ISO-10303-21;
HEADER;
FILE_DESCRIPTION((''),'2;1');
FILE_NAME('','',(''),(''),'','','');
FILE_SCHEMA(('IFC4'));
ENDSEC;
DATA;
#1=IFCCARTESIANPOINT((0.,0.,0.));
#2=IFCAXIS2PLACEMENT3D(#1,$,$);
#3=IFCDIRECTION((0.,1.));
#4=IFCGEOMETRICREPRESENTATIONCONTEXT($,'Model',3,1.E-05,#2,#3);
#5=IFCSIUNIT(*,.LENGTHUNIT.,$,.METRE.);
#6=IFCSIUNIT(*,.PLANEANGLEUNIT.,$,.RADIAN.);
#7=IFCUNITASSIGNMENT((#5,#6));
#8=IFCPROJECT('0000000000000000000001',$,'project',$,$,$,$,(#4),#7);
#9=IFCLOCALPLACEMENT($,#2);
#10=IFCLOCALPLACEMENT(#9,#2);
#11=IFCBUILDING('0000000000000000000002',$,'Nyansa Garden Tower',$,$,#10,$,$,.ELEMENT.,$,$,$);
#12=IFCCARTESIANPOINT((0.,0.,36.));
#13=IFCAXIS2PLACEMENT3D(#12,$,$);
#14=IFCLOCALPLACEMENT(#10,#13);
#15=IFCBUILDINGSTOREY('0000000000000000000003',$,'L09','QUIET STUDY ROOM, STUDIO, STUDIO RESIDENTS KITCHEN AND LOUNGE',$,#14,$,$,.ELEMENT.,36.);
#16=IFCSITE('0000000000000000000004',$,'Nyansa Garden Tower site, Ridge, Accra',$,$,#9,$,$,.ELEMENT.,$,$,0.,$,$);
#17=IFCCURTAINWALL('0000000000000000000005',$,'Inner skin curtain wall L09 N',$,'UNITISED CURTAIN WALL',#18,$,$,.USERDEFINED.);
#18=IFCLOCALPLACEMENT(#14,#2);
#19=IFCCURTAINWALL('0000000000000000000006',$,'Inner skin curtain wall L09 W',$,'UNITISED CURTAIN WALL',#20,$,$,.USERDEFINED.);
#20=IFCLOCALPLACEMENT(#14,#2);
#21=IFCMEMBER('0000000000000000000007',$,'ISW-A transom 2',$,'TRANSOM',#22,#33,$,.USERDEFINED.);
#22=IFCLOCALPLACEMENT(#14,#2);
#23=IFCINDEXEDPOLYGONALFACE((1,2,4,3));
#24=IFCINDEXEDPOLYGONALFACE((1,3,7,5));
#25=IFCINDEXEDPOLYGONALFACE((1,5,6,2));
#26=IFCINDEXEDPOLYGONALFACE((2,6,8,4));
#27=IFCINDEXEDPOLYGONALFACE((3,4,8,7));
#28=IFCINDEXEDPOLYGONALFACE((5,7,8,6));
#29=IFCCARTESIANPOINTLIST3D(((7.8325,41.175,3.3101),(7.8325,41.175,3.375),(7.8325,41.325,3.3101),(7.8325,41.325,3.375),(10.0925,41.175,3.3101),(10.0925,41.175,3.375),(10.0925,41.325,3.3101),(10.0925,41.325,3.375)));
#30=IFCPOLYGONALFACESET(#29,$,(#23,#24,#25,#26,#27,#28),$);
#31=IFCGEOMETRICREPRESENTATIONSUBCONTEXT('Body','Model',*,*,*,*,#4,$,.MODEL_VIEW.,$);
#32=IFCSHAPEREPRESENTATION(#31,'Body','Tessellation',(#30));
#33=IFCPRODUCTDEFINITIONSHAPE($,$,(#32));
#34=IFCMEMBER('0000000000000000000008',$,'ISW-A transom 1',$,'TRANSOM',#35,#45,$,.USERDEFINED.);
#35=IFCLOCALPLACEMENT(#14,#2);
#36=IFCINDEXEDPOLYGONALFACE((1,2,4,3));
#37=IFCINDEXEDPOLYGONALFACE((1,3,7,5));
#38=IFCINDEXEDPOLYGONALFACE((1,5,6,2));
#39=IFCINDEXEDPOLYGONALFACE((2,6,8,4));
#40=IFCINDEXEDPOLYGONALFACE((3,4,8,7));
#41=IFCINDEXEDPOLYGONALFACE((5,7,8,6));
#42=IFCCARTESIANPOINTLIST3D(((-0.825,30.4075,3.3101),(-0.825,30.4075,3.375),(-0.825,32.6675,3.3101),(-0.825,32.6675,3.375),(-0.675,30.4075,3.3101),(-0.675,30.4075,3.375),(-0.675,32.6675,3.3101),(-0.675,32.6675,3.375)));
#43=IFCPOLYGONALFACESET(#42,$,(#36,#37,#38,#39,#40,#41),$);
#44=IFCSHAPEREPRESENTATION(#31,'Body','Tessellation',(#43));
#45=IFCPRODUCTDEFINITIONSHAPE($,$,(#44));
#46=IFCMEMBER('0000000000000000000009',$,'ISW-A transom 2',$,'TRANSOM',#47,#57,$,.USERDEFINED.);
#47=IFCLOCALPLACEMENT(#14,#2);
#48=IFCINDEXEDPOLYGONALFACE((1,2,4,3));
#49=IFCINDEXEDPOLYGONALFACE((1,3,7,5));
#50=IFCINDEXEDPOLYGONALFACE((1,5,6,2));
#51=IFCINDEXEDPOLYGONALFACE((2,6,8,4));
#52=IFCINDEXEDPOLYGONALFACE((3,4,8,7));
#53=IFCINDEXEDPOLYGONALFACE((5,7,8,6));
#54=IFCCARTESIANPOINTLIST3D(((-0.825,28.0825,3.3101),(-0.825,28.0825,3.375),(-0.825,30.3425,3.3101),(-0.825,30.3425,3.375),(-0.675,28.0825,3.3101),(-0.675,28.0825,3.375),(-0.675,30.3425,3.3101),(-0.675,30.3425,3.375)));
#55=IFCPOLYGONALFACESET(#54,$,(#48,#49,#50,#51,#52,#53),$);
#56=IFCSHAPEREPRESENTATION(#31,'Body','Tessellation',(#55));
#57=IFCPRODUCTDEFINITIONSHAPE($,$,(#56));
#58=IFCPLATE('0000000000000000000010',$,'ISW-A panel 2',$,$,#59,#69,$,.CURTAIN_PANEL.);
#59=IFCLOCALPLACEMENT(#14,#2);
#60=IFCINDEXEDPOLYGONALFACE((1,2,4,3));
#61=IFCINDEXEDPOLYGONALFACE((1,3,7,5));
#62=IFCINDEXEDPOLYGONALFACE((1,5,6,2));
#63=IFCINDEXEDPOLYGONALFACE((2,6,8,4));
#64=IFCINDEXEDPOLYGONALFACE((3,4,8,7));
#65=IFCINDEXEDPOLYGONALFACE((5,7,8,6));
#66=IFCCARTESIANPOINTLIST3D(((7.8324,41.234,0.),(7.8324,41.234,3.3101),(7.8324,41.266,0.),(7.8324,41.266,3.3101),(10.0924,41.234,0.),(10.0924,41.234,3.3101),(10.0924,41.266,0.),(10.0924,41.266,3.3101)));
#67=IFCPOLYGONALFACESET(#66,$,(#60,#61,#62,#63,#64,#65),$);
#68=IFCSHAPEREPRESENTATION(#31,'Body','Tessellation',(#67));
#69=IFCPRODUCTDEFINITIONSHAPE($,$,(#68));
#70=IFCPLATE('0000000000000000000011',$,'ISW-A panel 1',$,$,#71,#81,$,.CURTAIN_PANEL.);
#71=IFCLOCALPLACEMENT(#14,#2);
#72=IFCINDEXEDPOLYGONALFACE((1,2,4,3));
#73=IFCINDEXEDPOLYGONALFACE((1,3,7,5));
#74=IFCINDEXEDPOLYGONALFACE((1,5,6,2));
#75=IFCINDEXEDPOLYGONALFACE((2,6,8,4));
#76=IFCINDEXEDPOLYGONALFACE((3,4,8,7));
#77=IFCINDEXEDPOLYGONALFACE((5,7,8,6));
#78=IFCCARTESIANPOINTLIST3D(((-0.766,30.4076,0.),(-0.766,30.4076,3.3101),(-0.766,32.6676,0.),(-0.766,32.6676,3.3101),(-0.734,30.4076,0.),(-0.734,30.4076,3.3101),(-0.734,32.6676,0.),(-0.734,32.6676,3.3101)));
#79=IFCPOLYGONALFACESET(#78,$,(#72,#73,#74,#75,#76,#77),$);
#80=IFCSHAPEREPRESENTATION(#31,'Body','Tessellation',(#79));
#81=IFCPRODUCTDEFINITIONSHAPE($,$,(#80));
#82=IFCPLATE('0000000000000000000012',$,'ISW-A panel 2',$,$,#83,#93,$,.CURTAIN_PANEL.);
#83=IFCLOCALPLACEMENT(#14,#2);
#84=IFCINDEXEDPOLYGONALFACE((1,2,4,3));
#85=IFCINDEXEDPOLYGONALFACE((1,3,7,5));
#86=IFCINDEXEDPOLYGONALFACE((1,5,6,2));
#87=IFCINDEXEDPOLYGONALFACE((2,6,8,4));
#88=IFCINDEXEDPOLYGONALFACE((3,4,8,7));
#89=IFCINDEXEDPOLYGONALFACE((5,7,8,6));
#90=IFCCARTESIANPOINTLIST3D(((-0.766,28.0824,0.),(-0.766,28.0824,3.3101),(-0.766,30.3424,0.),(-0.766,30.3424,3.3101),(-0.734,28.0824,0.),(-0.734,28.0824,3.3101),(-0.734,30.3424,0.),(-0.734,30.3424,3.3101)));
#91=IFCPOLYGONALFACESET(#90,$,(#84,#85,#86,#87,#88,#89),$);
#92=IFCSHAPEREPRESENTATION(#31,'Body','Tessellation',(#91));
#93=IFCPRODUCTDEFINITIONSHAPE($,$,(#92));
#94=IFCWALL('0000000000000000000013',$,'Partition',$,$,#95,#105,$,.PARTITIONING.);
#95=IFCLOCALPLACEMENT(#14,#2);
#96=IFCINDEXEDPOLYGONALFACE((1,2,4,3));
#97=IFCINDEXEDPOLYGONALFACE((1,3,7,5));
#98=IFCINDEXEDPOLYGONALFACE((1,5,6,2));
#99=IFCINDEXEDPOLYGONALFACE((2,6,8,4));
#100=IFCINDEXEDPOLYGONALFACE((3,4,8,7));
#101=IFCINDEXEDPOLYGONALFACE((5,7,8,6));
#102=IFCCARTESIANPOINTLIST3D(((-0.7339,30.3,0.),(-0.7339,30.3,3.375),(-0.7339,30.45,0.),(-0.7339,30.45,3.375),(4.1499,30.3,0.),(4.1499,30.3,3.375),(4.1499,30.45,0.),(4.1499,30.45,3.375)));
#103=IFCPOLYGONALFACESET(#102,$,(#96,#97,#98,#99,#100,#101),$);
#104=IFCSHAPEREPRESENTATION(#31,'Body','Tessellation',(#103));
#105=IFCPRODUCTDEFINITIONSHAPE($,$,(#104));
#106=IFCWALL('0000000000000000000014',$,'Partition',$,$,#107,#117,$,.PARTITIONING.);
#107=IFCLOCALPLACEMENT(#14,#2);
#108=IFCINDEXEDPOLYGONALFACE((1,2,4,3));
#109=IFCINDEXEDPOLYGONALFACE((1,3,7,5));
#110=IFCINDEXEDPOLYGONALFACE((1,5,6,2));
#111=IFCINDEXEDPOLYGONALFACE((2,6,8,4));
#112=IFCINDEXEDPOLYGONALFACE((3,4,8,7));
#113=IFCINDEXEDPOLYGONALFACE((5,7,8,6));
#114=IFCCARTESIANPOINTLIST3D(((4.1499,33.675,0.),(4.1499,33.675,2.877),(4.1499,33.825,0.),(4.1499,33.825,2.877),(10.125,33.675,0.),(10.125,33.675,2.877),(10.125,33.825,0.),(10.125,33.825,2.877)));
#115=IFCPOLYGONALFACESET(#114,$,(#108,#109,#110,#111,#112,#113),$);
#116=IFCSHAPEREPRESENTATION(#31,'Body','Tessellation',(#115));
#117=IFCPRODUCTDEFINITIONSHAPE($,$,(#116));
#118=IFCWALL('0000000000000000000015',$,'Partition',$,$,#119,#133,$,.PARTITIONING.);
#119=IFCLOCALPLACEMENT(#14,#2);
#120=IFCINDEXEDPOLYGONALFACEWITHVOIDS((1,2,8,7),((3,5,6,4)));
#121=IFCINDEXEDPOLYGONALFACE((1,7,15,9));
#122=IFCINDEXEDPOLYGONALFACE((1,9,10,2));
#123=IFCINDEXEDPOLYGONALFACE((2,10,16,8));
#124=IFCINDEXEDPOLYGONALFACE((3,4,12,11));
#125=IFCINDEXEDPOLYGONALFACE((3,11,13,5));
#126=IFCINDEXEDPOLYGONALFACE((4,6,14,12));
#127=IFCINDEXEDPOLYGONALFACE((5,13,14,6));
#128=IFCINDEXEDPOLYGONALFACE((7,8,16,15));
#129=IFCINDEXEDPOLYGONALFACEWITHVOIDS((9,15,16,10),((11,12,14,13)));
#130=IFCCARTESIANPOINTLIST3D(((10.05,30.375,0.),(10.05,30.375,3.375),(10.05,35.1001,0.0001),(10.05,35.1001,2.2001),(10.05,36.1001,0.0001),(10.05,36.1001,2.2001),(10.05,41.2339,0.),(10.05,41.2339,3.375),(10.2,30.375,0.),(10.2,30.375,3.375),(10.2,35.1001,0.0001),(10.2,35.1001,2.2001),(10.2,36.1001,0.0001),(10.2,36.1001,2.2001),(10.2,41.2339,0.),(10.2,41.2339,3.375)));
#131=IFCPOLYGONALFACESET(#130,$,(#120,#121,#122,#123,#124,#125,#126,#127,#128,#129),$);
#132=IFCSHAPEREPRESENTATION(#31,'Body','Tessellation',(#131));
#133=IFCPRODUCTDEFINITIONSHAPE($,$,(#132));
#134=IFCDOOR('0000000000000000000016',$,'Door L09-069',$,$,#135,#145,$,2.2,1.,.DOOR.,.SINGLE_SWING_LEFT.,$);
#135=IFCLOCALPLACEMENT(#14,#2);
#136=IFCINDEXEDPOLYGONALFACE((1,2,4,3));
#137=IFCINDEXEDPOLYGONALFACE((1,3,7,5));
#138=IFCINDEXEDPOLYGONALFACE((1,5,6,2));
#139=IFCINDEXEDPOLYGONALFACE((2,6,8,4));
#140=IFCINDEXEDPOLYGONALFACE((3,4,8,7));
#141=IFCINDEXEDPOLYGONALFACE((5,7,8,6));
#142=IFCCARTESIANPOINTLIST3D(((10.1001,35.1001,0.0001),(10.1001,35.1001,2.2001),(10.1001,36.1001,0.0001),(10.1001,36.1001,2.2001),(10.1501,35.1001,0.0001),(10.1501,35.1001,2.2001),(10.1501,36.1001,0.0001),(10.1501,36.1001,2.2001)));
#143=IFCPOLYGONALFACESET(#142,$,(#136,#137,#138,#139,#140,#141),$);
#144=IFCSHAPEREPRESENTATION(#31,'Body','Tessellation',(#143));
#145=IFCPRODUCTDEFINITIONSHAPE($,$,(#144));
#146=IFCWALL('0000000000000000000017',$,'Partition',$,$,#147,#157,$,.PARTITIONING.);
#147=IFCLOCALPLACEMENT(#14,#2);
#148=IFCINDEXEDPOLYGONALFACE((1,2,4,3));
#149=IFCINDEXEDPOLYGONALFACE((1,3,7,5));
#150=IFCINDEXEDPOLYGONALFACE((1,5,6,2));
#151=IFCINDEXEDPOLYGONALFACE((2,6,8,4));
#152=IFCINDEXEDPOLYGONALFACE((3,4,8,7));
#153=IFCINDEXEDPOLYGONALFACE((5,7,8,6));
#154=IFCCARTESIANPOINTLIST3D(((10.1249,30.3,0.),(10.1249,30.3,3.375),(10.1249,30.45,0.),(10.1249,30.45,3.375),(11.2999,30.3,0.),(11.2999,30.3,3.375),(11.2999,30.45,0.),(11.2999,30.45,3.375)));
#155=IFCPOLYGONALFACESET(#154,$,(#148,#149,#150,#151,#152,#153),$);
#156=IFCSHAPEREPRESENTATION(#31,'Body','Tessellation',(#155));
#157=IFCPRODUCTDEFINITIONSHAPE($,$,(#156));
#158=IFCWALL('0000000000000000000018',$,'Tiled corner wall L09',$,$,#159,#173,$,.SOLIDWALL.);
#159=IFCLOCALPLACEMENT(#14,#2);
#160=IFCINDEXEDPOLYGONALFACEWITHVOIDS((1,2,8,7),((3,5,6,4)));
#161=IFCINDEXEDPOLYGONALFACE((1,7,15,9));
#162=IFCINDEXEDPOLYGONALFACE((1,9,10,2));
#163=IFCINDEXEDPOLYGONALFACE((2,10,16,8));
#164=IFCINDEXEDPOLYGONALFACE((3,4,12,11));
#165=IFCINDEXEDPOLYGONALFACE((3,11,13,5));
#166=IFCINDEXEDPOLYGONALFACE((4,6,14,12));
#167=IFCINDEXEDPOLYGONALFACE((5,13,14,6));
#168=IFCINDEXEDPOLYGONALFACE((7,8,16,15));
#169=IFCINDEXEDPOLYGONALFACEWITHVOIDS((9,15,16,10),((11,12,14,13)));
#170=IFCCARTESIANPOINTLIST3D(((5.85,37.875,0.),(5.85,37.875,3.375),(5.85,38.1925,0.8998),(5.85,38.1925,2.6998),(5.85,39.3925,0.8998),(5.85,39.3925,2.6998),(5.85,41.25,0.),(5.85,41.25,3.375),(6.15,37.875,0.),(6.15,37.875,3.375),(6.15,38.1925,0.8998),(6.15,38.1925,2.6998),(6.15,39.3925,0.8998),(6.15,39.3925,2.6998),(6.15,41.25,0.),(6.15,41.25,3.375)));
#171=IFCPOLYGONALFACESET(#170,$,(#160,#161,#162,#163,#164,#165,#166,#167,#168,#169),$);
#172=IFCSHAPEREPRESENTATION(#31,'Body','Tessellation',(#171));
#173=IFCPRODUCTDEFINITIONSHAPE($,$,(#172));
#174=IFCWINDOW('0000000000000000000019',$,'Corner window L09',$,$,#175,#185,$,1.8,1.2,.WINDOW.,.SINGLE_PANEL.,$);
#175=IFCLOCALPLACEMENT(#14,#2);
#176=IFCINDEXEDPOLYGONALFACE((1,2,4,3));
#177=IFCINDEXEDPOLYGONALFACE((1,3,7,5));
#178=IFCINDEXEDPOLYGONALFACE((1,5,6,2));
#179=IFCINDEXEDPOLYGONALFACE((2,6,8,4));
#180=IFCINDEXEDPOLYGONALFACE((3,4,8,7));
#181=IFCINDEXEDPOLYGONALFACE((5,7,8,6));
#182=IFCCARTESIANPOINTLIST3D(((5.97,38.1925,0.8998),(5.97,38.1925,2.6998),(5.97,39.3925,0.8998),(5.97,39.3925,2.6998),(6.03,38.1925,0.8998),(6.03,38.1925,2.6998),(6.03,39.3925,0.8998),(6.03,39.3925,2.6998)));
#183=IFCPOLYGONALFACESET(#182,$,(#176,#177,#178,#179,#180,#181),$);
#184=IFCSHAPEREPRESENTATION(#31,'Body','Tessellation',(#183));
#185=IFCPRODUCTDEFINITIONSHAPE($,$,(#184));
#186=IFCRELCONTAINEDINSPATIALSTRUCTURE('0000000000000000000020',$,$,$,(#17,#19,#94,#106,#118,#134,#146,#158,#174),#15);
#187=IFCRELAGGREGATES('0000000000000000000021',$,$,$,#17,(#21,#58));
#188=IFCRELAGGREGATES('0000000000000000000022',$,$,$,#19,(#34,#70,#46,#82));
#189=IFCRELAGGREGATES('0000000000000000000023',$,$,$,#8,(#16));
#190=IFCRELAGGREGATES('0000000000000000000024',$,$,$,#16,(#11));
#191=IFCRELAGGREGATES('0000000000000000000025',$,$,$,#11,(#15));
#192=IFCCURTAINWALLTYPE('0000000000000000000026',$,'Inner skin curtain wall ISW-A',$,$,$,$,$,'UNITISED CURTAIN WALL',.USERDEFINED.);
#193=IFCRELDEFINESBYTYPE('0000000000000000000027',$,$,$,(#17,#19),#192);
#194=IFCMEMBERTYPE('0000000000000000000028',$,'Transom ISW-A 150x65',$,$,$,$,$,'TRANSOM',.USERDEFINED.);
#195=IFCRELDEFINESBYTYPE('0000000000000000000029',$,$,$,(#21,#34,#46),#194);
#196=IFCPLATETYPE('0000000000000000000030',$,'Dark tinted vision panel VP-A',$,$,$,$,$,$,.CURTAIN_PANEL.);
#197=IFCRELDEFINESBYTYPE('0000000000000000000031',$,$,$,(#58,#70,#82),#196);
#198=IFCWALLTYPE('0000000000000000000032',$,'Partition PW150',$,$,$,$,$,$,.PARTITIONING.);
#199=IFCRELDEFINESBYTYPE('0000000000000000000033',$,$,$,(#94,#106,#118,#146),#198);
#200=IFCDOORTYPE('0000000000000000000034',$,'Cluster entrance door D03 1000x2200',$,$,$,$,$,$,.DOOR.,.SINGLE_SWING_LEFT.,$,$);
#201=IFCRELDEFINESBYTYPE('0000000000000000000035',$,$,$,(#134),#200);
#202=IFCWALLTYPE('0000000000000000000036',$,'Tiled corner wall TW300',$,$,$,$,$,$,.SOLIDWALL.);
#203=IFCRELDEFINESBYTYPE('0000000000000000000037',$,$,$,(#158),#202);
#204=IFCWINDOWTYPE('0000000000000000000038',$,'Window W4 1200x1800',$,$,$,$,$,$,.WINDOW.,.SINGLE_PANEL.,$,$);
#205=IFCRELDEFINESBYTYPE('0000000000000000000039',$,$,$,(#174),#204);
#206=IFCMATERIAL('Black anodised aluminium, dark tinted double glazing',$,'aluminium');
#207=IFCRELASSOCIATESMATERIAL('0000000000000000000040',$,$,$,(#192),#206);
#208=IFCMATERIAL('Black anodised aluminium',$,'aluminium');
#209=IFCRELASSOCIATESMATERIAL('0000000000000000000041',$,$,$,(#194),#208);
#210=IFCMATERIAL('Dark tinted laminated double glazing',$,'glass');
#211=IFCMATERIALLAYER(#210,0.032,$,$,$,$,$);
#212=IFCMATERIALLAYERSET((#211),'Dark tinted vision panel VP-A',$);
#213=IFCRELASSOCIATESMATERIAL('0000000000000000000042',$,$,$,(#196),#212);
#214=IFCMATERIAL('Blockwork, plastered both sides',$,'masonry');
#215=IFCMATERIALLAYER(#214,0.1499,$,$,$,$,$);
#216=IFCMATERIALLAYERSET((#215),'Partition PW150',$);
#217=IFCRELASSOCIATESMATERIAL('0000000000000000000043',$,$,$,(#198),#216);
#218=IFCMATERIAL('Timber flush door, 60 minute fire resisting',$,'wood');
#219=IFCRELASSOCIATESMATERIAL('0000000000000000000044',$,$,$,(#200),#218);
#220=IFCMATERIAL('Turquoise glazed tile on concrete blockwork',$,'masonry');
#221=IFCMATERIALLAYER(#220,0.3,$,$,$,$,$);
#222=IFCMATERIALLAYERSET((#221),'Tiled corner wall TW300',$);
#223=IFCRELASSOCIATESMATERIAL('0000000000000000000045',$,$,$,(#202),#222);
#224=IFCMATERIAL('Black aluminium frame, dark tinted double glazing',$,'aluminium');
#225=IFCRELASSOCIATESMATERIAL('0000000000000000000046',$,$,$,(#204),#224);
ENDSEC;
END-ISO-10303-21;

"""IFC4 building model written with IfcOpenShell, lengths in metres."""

from ifc_helpers import new_model, si_unit, direction, frame, frame_2d, origin, origin_2d, place, context, subcontext, project, spatial, rectangle, extrude, material, layer, layer_set, material_profile, profile_set, type_object, element, fill, aggregate, save


model = new_model("IFC4")

# Units and contexts
model_context = context("Model", 3, precision=1e-05, world=origin(), true_north=direction((0.0, 1.0)))
body_context = subcontext(model_context, "Body", "Model", "MODEL_VIEW")
ifc_project = project(units=[si_unit("LENGTHUNIT", "METRE"), si_unit("PLANEANGLEUNIT", "RADIAN")], contexts=[model_context])

# Site, building, storey
site_placement = place(None, origin())
site = spatial("IfcSite", under=ifc_project, at=site_placement, Name="Nyansa Garden Tower site, Ridge, Accra", CompositionType="ELEMENT", RefElevation=0.0)
building_placement = place(site_placement, origin())
building = spatial("IfcBuilding", under=site, at=building_placement, Name="Nyansa Garden Tower", CompositionType="ELEMENT")
storey_placement = place(building_placement, frame((0.0, 0.0, 36.0)))
storey = spatial("IfcBuildingStorey", under=building, at=storey_placement, Name="L09", Description="QUIET STUDY ROOM, STUDIO, STUDIO RESIDENTS KITCHEN AND LOUNGE", CompositionType="ELEMENT", Elevation=36.0)

# Curtain wall
ifc_material_1 = material(Name="Black anodised aluminium, dark tinted double glazing", Category="aluminium")
curtain_wall_type = type_object("IfcCurtainWallType", Name="Inner skin curtain wall ISW-A", ElementType="UNITISED CURTAIN WALL", PredefinedType="USERDEFINED", material=ifc_material_1)
curtain_wall_1_placement = place(storey_placement, origin())
curtain_wall_1 = element("IfcCurtainWall", 1, at=curtain_wall_1_placement, inside=storey, type_object=curtain_wall_type, Name="Inner skin curtain wall L09 N", ObjectType="UNITISED CURTAIN WALL", PredefinedType="USERDEFINED")

# Curtain wall
curtain_wall_2_placement = place(storey_placement, origin())
curtain_wall_2 = element("IfcCurtainWall", 2, at=curtain_wall_2_placement, inside=storey, type_object=curtain_wall_type, Name="Inner skin curtain wall L09 W", ObjectType="UNITISED CURTAIN WALL", PredefinedType="USERDEFINED")

# Members
ifc_material_2 = material(Name="Black anodised aluminium", Category="aluminium")
ifc_material_profile_1 = material_profile(ifc_material_2, rectangle(XDim=0.1499, YDim=0.0649, at=origin_2d()), Name="Transom 150x65")
ifc_profile_set_1 = profile_set([ifc_material_profile_1], Name="Black anodised aluminium")
member_type_1 = type_object("IfcMemberType", Name="Transom ISW-A 150x65", ElementType="TRANSOM", PredefinedType="USERDEFINED", material=ifc_profile_set_1)
member_1_placement = place(storey_placement, frame((10.0925, 41.25, 3.3425), z_axis=(-1.0, 0.0, 0.0), x_axis=(0.0, -1.0, 0.0)))
member_1 = element("IfcMember", 3, at=member_1_placement, type_object=member_type_1, Name="ISW-A transom 2", ObjectType="TRANSOM", PredefinedType="USERDEFINED", context=body_context, shape_type="SweptSolid", body=[
    extrude(rectangle(XDim=0.1499, YDim=0.0649, at=origin_2d()), origin(), (0.0, 0.0, 1.0), 2.26),
])
member_2_placement = place(storey_placement, frame((-0.75, 32.6675, 3.3425), z_axis=(0.0, -1.0, 0.0), x_axis=(1.0, 0.0, 0.0)))
member_2 = element("IfcMember", 4, at=member_2_placement, type_object=member_type_1, Name="ISW-A transom 1", ObjectType="TRANSOM", PredefinedType="USERDEFINED", context=body_context, shape_type="SweptSolid", body=[
    extrude(rectangle(XDim=0.1499, YDim=0.0649, at=origin_2d()), origin(), (0.0, 0.0, 1.0), 2.26),
])
member_3_placement = place(storey_placement, frame((-0.75, 30.3425, 3.3425), z_axis=(0.0, -1.0, 0.0), x_axis=(1.0, 0.0, 0.0)))
member_3 = element("IfcMember", 5, at=member_3_placement, type_object=member_type_1, Name="ISW-A transom 2", ObjectType="TRANSOM", PredefinedType="USERDEFINED", context=body_context, shape_type="SweptSolid", body=[
    extrude(rectangle(XDim=0.1499, YDim=0.0649, at=origin_2d()), origin(), (0.0, 0.0, 1.0), 2.26),
])

# Plates
ifc_material_3 = material(Name="Dark tinted laminated double glazing", Category="glass")
ifc_layer_1 = layer(ifc_material_3, 0.032)
ifc_layer_set_1 = layer_set([ifc_layer_1], Name="Dark tinted vision panel VP-A")
plate_type = type_object("IfcPlateType", Name="Dark tinted vision panel VP-A", PredefinedType="CURTAIN_PANEL", material=ifc_layer_set_1)
plate_1_placement = place(storey_placement, frame((8.9624, 41.25, 0.0), z_axis=(0.0, 0.0, 1.0), x_axis=(-1.0, 0.0, 0.0)))
plate_1 = element("IfcPlate", 6, at=plate_1_placement, type_object=plate_type, Name="ISW-A panel 2", PredefinedType="CURTAIN_PANEL", context=body_context, shape_type="SweptSolid", body=[
    extrude(rectangle(XDim=2.26, YDim=0.032, at=origin_2d()), origin(), (0.0, 0.0, 1.0), 3.3101),
])
aggregate(curtain_wall_1, [member_1, plate_1])
plate_2_placement = place(storey_placement, frame((-0.75, 31.5376, 0.0), z_axis=(0.0, 0.0, 1.0), x_axis=(0.0, -1.0, 0.0)))
plate_2 = element("IfcPlate", 7, at=plate_2_placement, type_object=plate_type, Name="ISW-A panel 1", PredefinedType="CURTAIN_PANEL", context=body_context, shape_type="SweptSolid", body=[
    extrude(rectangle(XDim=2.26, YDim=0.032, at=origin_2d()), origin(), (0.0, 0.0, 1.0), 3.3101),
])
plate_3_placement = place(storey_placement, frame((-0.75, 29.2124, 0.0), z_axis=(0.0, 0.0, 1.0), x_axis=(0.0, -1.0, 0.0)))
plate_3 = element("IfcPlate", 8, at=plate_3_placement, type_object=plate_type, Name="ISW-A panel 2", PredefinedType="CURTAIN_PANEL", context=body_context, shape_type="SweptSolid", body=[
    extrude(rectangle(XDim=2.26, YDim=0.032, at=origin_2d()), origin(), (0.0, 0.0, 1.0), 3.3101),
])
aggregate(curtain_wall_2, [member_2, plate_2, member_3, plate_3])

# Walls
ifc_material_4 = material(Name="Blockwork, plastered both sides", Category="masonry")
ifc_layer_2 = layer(ifc_material_4, 0.1499)
ifc_layer_set_2 = layer_set([ifc_layer_2], Name="Partition PW150")
wall_type_1 = type_object("IfcWallType", Name="Partition PW150", PredefinedType="PARTITIONING", material=ifc_layer_set_2)
wall_1_placement = place(storey_placement, frame((-0.7339, 30.375, 0.0), z_axis=(0.0, 0.0, 1.0), x_axis=(1.0, 0.0, 0.0)))
element("IfcWall", 9, at=wall_1_placement, inside=storey, type_object=wall_type_1, Name="Partition", PredefinedType="PARTITIONING", context=body_context, shape_type="SweptSolid", body=[
    extrude(rectangle(XDim=4.8838, YDim=0.1499, at=frame_2d((2.4419, 0.0))), origin(), (0.0, 0.0, 1.0), 3.375),
])
wall_2_placement = place(storey_placement, frame((4.1499, 33.75, 0.0), z_axis=(0.0, 0.0, 1.0), x_axis=(1.0, 0.0, 0.0)))
element("IfcWall", 10, at=wall_2_placement, inside=storey, type_object=wall_type_1, Name="Partition", PredefinedType="PARTITIONING", context=body_context, shape_type="SweptSolid", body=[
    extrude(rectangle(XDim=5.9751, YDim=0.1499, at=frame_2d((2.9875, 0.0))), origin(), (0.0, 0.0, 1.0), 2.877),
])

# Wall, opening, door
wall_3_placement = place(storey_placement, frame((10.125, 30.375, 0.0), z_axis=(0.0, 0.0, 1.0), x_axis=(0.0, 1.0, 0.0)))
wall_3 = element("IfcWall", 11, at=wall_3_placement, inside=storey, type_object=wall_type_1, Name="Partition", PredefinedType="PARTITIONING", context=body_context, shape_type="SweptSolid", body=[
    extrude(rectangle(XDim=10.8589, YDim=0.1499, at=frame_2d((5.4294, 0.0))), origin(), (0.0, 0.0, 1.0), 3.375),
])
opening_1_placement = place(wall_3_placement, frame((4.7251, 0.0, 0.0)))
opening_1 = element("IfcOpeningElement", 12, at=opening_1_placement, cuts=wall_3, PredefinedType="OPENING", context=body_context, shape_type="SweptSolid", body=[
    extrude(rectangle(XDim=1.0, YDim=2.2, at=frame_2d((0.5, 1.1001))), frame((0.0, 0.085, 0.0), z_axis=(0.0, -1.0, 0.0), x_axis=(1.0, 0.0, 0.0)), (0.0, 0.0, 1.0), 0.1699),
])
ifc_material_5 = material(Name="Timber flush door, 60 minute fire resisting", Category="wood")
door_type = type_object("IfcDoorType", Name="Cluster entrance door D03 1000x2200", OperationType="SINGLE_SWING_LEFT", PredefinedType="DOOR", material=ifc_material_5)
door_placement = place(opening_1_placement, origin())
door = element("IfcDoor", 13, at=door_placement, inside=storey, type_object=door_type, Name="Door L09-069", OperationType="SINGLE_SWING_LEFT", OverallHeight=2.2, OverallWidth=1.0, PredefinedType="DOOR", context=body_context, shape_type="SweptSolid", body=[
    extrude(rectangle(XDim=1.0, YDim=2.2, at=frame_2d((0.5, 1.1001))), frame((0.0, 0.0249, 0.0), z_axis=(0.0, -1.0, 0.0), x_axis=(1.0, 0.0, 0.0)), (0.0, 0.0, 1.0), 0.05),
])
fill(opening_1, door)

# Wall
wall_4_placement = place(storey_placement, frame((10.125, 30.375, 0.0), z_axis=(0.0, 0.0, 1.0), x_axis=(1.0, 0.0, 0.0)))
element("IfcWall", 14, at=wall_4_placement, inside=storey, type_object=wall_type_1, Name="Partition", PredefinedType="PARTITIONING", context=body_context, shape_type="SweptSolid", body=[
    extrude(rectangle(XDim=1.175, YDim=0.1499, at=frame_2d((0.5874, 0.0))), origin(), (0.0, 0.0, 1.0), 3.375),
])

# Wall, opening, window
ifc_material_6 = material(Name="Turquoise glazed tile on concrete blockwork", Category="masonry")
ifc_layer_3 = layer(ifc_material_6, 0.3)
ifc_layer_set_3 = layer_set([ifc_layer_3], Name="Tiled corner wall TW300")
wall_type_2 = type_object("IfcWallType", Name="Tiled corner wall TW300", PredefinedType="SOLIDWALL", material=ifc_layer_set_3)
wall_5_placement = place(storey_placement, frame((6.0, 41.25, 0.0), z_axis=(0.0, 0.0, 1.0), x_axis=(0.0, -1.0, 0.0)))
wall_5 = element("IfcWall", 15, at=wall_5_placement, inside=storey, type_object=wall_type_2, Name="Tiled corner wall L09", PredefinedType="SOLIDWALL", context=body_context, shape_type="SweptSolid", body=[
    extrude(rectangle(XDim=3.375, YDim=0.3, at=frame_2d((1.6875, 0.0))), origin(), (0.0, 0.0, 1.0), 3.375),
])
opening_2_placement = place(wall_5_placement, frame((1.8574, 0.0, 0.8999)))
opening_2 = element("IfcOpeningElement", 16, at=opening_2_placement, cuts=wall_5, PredefinedType="OPENING", context=body_context, shape_type="SweptSolid", body=[
    extrude(rectangle(XDim=1.2, YDim=1.8, at=frame_2d((0.6001, 0.8999))), frame((0.0, 0.1599, 0.0), z_axis=(0.0, -1.0, 0.0), x_axis=(1.0, 0.0, 0.0)), (0.0, 0.0, 1.0), 0.3201),
])
ifc_material_7 = material(Name="Black aluminium frame, dark tinted double glazing", Category="aluminium")
window_type_1 = type_object("IfcWindowType", Name="Window W4 1200x1800", PartitioningType="SINGLE_PANEL", PredefinedType="WINDOW", material=ifc_material_7)
window_1_placement = place(opening_2_placement, origin())
window_1 = element("IfcWindow", 17, at=window_1_placement, inside=storey, type_object=window_type_1, Name="Corner window L09", OverallHeight=1.8, OverallWidth=1.2, PartitioningType="SINGLE_PANEL", PredefinedType="WINDOW", context=body_context, shape_type="SweptSolid", body=[
    extrude(rectangle(XDim=1.2, YDim=1.8, at=frame_2d((0.6001, 0.8999))), frame((0.0, 0.03, 0.0), z_axis=(0.0, -1.0, 0.0), x_axis=(1.0, 0.0, 0.0)), (0.0, 0.0, 1.0), 0.0601),
])
fill(opening_2, window_1)

save(model, "model.ifc")
